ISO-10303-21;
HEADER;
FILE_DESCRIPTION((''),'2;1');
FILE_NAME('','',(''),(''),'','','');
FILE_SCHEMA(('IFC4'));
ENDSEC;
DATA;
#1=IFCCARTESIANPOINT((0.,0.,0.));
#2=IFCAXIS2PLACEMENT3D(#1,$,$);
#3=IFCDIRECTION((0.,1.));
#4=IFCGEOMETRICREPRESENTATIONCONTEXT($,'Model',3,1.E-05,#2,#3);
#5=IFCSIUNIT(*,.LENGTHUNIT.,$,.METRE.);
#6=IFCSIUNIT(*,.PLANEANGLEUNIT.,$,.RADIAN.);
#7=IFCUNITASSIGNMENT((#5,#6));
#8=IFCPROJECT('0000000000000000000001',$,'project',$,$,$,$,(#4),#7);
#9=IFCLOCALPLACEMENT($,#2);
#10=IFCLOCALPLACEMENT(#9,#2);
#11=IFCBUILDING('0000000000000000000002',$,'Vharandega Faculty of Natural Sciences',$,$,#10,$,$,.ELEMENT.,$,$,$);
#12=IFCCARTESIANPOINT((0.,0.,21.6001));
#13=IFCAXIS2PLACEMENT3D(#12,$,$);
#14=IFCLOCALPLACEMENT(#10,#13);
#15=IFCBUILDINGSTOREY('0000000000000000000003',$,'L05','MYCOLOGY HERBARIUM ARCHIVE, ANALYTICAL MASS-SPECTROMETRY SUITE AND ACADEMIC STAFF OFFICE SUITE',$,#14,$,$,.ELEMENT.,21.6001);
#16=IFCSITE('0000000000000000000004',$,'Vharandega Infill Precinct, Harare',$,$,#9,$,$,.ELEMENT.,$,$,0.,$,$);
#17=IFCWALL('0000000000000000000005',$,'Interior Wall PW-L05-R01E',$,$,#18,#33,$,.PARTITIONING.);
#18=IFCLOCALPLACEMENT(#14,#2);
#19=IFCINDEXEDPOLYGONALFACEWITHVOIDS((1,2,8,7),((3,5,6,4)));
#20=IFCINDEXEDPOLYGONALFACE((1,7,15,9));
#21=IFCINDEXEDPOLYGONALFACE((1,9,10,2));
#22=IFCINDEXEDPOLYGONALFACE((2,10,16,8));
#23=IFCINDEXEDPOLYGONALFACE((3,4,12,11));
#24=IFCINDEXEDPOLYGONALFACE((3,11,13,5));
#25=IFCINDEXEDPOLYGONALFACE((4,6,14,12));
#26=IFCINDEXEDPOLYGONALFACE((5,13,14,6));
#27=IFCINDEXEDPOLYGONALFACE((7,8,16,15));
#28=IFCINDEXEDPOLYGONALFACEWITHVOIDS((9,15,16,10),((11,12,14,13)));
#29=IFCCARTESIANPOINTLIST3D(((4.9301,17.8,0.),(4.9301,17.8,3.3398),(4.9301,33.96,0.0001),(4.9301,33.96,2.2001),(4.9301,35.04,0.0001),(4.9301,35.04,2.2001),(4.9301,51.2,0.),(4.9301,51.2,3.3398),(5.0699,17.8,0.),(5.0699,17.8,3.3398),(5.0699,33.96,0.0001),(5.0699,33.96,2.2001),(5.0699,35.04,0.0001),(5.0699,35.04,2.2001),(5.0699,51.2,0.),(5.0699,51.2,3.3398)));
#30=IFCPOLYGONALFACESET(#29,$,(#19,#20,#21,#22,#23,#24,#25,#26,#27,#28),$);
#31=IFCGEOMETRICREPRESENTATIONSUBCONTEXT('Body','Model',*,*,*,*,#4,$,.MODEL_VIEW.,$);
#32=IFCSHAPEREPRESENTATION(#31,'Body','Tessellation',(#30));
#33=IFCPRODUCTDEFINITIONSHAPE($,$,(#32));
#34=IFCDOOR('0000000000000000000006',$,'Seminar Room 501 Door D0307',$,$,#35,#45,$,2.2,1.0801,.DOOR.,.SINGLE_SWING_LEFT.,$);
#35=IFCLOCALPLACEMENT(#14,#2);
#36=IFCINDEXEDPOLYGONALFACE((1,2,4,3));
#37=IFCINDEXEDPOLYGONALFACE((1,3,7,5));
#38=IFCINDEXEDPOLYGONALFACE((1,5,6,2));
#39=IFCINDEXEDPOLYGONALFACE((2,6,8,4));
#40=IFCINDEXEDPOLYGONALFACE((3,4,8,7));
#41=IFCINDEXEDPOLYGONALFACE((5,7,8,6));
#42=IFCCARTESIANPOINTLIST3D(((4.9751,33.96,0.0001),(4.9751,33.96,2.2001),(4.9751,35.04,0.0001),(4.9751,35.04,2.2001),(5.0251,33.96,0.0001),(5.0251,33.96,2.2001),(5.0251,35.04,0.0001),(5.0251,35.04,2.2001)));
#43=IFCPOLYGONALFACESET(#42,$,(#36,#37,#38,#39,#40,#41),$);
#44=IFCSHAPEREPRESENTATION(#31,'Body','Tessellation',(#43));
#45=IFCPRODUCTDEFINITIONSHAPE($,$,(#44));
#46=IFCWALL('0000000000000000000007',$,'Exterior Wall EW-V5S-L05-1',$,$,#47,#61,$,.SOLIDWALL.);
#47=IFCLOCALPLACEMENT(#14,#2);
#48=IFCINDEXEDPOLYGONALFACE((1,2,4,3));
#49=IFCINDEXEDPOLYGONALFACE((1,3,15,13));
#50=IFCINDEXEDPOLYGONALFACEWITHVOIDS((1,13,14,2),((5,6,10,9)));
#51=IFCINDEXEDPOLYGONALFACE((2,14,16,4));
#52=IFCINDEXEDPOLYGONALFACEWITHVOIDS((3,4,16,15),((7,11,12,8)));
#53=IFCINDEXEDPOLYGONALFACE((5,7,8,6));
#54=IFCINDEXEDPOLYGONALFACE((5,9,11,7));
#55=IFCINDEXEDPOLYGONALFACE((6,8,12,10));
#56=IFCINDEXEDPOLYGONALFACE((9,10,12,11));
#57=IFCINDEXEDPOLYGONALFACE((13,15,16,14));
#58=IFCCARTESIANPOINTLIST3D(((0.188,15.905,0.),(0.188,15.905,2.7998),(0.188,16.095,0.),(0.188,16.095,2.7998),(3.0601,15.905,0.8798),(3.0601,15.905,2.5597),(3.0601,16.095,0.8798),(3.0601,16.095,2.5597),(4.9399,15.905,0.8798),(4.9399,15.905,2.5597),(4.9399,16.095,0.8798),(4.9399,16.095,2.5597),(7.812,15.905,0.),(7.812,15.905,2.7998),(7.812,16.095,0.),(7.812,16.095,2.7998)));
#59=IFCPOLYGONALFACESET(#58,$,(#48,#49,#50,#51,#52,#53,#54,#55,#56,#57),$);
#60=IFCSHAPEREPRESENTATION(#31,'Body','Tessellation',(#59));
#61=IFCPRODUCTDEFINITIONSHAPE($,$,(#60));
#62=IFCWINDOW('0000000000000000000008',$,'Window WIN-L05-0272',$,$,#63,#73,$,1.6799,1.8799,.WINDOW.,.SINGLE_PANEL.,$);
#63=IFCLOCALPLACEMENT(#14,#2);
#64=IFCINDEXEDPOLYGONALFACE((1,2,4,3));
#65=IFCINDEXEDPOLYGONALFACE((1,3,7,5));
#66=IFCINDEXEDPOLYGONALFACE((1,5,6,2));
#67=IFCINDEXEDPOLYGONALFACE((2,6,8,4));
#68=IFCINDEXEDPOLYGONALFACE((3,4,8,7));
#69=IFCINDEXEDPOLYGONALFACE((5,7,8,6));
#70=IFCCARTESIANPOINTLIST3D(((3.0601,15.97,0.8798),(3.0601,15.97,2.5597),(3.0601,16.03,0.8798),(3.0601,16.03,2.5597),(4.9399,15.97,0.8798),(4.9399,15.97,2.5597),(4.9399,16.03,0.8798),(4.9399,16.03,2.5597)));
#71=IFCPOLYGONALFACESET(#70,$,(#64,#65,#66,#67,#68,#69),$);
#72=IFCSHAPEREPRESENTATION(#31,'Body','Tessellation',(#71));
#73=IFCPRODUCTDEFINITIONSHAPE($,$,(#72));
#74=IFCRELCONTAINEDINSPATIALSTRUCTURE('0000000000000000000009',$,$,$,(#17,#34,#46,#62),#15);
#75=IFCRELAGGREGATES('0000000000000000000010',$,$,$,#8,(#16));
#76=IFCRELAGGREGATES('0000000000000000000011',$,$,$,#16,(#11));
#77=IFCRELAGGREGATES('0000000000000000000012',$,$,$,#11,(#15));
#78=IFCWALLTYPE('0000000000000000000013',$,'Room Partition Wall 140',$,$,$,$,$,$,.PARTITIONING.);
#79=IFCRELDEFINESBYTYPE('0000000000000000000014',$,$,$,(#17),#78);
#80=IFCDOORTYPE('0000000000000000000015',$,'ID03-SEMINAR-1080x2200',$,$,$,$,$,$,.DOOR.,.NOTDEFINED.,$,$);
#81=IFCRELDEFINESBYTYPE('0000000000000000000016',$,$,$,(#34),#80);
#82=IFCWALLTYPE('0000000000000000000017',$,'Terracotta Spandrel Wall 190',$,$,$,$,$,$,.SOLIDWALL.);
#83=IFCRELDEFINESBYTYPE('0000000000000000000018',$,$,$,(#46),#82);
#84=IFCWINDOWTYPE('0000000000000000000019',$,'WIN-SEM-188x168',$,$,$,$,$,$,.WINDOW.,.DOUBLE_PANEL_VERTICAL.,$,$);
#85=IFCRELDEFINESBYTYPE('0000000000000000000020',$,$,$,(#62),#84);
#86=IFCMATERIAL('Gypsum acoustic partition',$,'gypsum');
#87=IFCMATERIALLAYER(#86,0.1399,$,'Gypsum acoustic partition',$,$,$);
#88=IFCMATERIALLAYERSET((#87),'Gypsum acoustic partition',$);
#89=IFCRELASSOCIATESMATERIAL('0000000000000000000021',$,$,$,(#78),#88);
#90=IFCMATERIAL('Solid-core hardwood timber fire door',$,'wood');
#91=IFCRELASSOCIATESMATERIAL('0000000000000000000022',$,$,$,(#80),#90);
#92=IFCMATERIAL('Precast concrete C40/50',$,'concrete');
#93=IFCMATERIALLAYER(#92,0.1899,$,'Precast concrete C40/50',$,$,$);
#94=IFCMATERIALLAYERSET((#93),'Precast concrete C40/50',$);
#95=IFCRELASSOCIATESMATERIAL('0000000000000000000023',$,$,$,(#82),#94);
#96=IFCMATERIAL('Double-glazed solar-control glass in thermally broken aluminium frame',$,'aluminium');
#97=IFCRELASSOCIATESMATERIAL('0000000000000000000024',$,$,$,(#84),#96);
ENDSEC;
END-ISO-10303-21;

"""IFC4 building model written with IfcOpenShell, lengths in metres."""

from ifc_helpers import new_model, si_unit, direction, frame, frame_2d, origin, place, context, subcontext, project, spatial, rectangle, extrude, material, layer, layer_set, type_object, element, fill, save


model = new_model("IFC4")

# Units and contexts
model_context = context("Model", 3, precision=1e-05, world=origin(), true_north=direction((0.0, 1.0)))
body_context = subcontext(model_context, "Body", "Model", "MODEL_VIEW")
ifc_project = project(units=[si_unit("LENGTHUNIT", "METRE"), si_unit("PLANEANGLEUNIT", "RADIAN")], contexts=[model_context])

# Site, building, storey
site_placement = place(None, origin())
site = spatial("IfcSite", under=ifc_project, at=site_placement, Name="Vharandega Infill Precinct, Harare", CompositionType="ELEMENT", RefElevation=0.0)
building_placement = place(site_placement, origin())
building = spatial("IfcBuilding", under=site, at=building_placement, Name="Vharandega Faculty of Natural Sciences", CompositionType="ELEMENT")
storey_placement = place(building_placement, frame((0.0, 0.0, 21.6001)))
storey = spatial("IfcBuildingStorey", under=building, at=storey_placement, Name="L05", Description="MYCOLOGY HERBARIUM ARCHIVE, ANALYTICAL MASS-SPECTROMETRY SUITE AND ACADEMIC STAFF OFFICE SUITE", CompositionType="ELEMENT", Elevation=21.6001)

# Shared definitions
ifc_material_1 = material(Name="Gypsum acoustic partition", Category="gypsum")
ifc_layer_1 = layer(ifc_material_1, 0.1399, Name="Gypsum acoustic partition")
ifc_layer_set_1 = layer_set([ifc_layer_1], Name="Gypsum acoustic partition")
wall_type_1 = type_object("IfcWallType", Name="Room Partition Wall 140", PredefinedType="PARTITIONING", material=ifc_layer_set_1)

# Wall, opening, door
wall_1_placement = place(storey_placement, frame((5.0, 17.8, 0.0), z_axis=(0.0, 0.0, 1.0), x_axis=(0.0, 1.0, 0.0)))
wall_1 = element("IfcWall", 1, at=wall_1_placement, inside=storey, type_object=wall_type_1, Name="Interior Wall PW-L05-R01E", PredefinedType="PARTITIONING", context=body_context, shape_type="SweptSolid", body=[
    extrude(rectangle(XDim=33.3999, YDim=0.1399, at=frame_2d((16.7, 0.0))), origin(), (0.0, 0.0, 1.0), 3.3398),
])
opening_1_placement = place(wall_1_placement, frame((16.1599, 0.0, 0.0)))
opening_1 = element("IfcOpeningElement", 2, at=opening_1_placement, cuts=wall_1, PredefinedType="OPENING", context=body_context, shape_type="SweptSolid", body=[
    extrude(rectangle(XDim=1.0801, YDim=2.2, at=frame_2d((0.54, 1.1001))), frame((0.0, 0.0801, 0.0), z_axis=(0.0, -1.0, 0.0), x_axis=(1.0, 0.0, 0.0)), (0.0, 0.0, 1.0), 0.1599),
])
ifc_material_2 = material(Name="Solid-core hardwood timber fire door", Category="wood")
door_type = type_object("IfcDoorType", Name="ID03-SEMINAR-1080x2200", OperationType="NOTDEFINED", PredefinedType="DOOR", material=ifc_material_2)
door_placement = place(opening_1_placement, origin())
door = element("IfcDoor", 3, at=door_placement, inside=storey, type_object=door_type, Name="Seminar Room 501 Door D0307", OperationType="SINGLE_SWING_LEFT", OverallHeight=2.2, OverallWidth=1.0801, PredefinedType="DOOR", context=body_context, shape_type="SweptSolid", body=[
    extrude(rectangle(XDim=1.0801, YDim=2.2, at=frame_2d((0.54, 1.1001))), frame((0.0, 0.0249, 0.0), z_axis=(0.0, -1.0, 0.0), x_axis=(1.0, 0.0, 0.0)), (0.0, 0.0, 1.0), 0.05),
])
fill(opening_1, door)

# Wall, opening, window
ifc_material_3 = material(Name="Precast concrete C40/50", Category="concrete")
ifc_layer_2 = layer(ifc_material_3, 0.1899, Name="Precast concrete C40/50")
ifc_layer_set_2 = layer_set([ifc_layer_2], Name="Precast concrete C40/50")
wall_type_2 = type_object("IfcWallType", Name="Terracotta Spandrel Wall 190", PredefinedType="SOLIDWALL", material=ifc_layer_set_2)
wall_2_placement = place(storey_placement, frame((7.812, 16.0, 0.0), z_axis=(0.0, 0.0, 1.0), x_axis=(-1.0, 0.0, 0.0)))
wall_2 = element("IfcWall", 4, at=wall_2_placement, inside=storey, type_object=wall_type_2, Name="Exterior Wall EW-V5S-L05-1", PredefinedType="SOLIDWALL", context=body_context, shape_type="SweptSolid", body=[
    extrude(rectangle(XDim=7.624, YDim=0.1899, at=frame_2d((3.812, 0.0))), origin(), (0.0, 0.0, 1.0), 2.7998),
])
opening_2_placement = place(wall_2_placement, frame((2.8721, 0.0, 0.8799)))
opening_2 = element("IfcOpeningElement", 5, at=opening_2_placement, cuts=wall_2, PredefinedType="OPENING", context=body_context, shape_type="SweptSolid", body=[
    extrude(rectangle(XDim=1.8799, YDim=1.6799, at=frame_2d((0.9399, 0.8398))), frame((0.0, 0.105, 0.0), z_axis=(0.0, -1.0, 0.0), x_axis=(1.0, 0.0, 0.0)), (0.0, 0.0, 1.0), 0.21),
])
ifc_material_4 = material(Name="Double-glazed solar-control glass in thermally broken aluminium frame", Category="aluminium")
window_type = type_object("IfcWindowType", Name="WIN-SEM-188x168", PartitioningType="DOUBLE_PANEL_VERTICAL", PredefinedType="WINDOW", material=ifc_material_4)
window_placement = place(opening_2_placement, origin())
window = element("IfcWindow", 6, at=window_placement, inside=storey, type_object=window_type, Name="Window WIN-L05-0272", OverallHeight=1.6799, OverallWidth=1.8799, PartitioningType="SINGLE_PANEL", PredefinedType="WINDOW", context=body_context, shape_type="SweptSolid", body=[
    extrude(rectangle(XDim=1.8799, YDim=1.6799, at=frame_2d((0.9399, 0.8398))), frame((0.0, 0.03, 0.0), z_axis=(0.0, -1.0, 0.0), x_axis=(1.0, 0.0, 0.0)), (0.0, 0.0, 1.0), 0.0601),
])
fill(opening_2, window)

save(model, "model.ifc")
